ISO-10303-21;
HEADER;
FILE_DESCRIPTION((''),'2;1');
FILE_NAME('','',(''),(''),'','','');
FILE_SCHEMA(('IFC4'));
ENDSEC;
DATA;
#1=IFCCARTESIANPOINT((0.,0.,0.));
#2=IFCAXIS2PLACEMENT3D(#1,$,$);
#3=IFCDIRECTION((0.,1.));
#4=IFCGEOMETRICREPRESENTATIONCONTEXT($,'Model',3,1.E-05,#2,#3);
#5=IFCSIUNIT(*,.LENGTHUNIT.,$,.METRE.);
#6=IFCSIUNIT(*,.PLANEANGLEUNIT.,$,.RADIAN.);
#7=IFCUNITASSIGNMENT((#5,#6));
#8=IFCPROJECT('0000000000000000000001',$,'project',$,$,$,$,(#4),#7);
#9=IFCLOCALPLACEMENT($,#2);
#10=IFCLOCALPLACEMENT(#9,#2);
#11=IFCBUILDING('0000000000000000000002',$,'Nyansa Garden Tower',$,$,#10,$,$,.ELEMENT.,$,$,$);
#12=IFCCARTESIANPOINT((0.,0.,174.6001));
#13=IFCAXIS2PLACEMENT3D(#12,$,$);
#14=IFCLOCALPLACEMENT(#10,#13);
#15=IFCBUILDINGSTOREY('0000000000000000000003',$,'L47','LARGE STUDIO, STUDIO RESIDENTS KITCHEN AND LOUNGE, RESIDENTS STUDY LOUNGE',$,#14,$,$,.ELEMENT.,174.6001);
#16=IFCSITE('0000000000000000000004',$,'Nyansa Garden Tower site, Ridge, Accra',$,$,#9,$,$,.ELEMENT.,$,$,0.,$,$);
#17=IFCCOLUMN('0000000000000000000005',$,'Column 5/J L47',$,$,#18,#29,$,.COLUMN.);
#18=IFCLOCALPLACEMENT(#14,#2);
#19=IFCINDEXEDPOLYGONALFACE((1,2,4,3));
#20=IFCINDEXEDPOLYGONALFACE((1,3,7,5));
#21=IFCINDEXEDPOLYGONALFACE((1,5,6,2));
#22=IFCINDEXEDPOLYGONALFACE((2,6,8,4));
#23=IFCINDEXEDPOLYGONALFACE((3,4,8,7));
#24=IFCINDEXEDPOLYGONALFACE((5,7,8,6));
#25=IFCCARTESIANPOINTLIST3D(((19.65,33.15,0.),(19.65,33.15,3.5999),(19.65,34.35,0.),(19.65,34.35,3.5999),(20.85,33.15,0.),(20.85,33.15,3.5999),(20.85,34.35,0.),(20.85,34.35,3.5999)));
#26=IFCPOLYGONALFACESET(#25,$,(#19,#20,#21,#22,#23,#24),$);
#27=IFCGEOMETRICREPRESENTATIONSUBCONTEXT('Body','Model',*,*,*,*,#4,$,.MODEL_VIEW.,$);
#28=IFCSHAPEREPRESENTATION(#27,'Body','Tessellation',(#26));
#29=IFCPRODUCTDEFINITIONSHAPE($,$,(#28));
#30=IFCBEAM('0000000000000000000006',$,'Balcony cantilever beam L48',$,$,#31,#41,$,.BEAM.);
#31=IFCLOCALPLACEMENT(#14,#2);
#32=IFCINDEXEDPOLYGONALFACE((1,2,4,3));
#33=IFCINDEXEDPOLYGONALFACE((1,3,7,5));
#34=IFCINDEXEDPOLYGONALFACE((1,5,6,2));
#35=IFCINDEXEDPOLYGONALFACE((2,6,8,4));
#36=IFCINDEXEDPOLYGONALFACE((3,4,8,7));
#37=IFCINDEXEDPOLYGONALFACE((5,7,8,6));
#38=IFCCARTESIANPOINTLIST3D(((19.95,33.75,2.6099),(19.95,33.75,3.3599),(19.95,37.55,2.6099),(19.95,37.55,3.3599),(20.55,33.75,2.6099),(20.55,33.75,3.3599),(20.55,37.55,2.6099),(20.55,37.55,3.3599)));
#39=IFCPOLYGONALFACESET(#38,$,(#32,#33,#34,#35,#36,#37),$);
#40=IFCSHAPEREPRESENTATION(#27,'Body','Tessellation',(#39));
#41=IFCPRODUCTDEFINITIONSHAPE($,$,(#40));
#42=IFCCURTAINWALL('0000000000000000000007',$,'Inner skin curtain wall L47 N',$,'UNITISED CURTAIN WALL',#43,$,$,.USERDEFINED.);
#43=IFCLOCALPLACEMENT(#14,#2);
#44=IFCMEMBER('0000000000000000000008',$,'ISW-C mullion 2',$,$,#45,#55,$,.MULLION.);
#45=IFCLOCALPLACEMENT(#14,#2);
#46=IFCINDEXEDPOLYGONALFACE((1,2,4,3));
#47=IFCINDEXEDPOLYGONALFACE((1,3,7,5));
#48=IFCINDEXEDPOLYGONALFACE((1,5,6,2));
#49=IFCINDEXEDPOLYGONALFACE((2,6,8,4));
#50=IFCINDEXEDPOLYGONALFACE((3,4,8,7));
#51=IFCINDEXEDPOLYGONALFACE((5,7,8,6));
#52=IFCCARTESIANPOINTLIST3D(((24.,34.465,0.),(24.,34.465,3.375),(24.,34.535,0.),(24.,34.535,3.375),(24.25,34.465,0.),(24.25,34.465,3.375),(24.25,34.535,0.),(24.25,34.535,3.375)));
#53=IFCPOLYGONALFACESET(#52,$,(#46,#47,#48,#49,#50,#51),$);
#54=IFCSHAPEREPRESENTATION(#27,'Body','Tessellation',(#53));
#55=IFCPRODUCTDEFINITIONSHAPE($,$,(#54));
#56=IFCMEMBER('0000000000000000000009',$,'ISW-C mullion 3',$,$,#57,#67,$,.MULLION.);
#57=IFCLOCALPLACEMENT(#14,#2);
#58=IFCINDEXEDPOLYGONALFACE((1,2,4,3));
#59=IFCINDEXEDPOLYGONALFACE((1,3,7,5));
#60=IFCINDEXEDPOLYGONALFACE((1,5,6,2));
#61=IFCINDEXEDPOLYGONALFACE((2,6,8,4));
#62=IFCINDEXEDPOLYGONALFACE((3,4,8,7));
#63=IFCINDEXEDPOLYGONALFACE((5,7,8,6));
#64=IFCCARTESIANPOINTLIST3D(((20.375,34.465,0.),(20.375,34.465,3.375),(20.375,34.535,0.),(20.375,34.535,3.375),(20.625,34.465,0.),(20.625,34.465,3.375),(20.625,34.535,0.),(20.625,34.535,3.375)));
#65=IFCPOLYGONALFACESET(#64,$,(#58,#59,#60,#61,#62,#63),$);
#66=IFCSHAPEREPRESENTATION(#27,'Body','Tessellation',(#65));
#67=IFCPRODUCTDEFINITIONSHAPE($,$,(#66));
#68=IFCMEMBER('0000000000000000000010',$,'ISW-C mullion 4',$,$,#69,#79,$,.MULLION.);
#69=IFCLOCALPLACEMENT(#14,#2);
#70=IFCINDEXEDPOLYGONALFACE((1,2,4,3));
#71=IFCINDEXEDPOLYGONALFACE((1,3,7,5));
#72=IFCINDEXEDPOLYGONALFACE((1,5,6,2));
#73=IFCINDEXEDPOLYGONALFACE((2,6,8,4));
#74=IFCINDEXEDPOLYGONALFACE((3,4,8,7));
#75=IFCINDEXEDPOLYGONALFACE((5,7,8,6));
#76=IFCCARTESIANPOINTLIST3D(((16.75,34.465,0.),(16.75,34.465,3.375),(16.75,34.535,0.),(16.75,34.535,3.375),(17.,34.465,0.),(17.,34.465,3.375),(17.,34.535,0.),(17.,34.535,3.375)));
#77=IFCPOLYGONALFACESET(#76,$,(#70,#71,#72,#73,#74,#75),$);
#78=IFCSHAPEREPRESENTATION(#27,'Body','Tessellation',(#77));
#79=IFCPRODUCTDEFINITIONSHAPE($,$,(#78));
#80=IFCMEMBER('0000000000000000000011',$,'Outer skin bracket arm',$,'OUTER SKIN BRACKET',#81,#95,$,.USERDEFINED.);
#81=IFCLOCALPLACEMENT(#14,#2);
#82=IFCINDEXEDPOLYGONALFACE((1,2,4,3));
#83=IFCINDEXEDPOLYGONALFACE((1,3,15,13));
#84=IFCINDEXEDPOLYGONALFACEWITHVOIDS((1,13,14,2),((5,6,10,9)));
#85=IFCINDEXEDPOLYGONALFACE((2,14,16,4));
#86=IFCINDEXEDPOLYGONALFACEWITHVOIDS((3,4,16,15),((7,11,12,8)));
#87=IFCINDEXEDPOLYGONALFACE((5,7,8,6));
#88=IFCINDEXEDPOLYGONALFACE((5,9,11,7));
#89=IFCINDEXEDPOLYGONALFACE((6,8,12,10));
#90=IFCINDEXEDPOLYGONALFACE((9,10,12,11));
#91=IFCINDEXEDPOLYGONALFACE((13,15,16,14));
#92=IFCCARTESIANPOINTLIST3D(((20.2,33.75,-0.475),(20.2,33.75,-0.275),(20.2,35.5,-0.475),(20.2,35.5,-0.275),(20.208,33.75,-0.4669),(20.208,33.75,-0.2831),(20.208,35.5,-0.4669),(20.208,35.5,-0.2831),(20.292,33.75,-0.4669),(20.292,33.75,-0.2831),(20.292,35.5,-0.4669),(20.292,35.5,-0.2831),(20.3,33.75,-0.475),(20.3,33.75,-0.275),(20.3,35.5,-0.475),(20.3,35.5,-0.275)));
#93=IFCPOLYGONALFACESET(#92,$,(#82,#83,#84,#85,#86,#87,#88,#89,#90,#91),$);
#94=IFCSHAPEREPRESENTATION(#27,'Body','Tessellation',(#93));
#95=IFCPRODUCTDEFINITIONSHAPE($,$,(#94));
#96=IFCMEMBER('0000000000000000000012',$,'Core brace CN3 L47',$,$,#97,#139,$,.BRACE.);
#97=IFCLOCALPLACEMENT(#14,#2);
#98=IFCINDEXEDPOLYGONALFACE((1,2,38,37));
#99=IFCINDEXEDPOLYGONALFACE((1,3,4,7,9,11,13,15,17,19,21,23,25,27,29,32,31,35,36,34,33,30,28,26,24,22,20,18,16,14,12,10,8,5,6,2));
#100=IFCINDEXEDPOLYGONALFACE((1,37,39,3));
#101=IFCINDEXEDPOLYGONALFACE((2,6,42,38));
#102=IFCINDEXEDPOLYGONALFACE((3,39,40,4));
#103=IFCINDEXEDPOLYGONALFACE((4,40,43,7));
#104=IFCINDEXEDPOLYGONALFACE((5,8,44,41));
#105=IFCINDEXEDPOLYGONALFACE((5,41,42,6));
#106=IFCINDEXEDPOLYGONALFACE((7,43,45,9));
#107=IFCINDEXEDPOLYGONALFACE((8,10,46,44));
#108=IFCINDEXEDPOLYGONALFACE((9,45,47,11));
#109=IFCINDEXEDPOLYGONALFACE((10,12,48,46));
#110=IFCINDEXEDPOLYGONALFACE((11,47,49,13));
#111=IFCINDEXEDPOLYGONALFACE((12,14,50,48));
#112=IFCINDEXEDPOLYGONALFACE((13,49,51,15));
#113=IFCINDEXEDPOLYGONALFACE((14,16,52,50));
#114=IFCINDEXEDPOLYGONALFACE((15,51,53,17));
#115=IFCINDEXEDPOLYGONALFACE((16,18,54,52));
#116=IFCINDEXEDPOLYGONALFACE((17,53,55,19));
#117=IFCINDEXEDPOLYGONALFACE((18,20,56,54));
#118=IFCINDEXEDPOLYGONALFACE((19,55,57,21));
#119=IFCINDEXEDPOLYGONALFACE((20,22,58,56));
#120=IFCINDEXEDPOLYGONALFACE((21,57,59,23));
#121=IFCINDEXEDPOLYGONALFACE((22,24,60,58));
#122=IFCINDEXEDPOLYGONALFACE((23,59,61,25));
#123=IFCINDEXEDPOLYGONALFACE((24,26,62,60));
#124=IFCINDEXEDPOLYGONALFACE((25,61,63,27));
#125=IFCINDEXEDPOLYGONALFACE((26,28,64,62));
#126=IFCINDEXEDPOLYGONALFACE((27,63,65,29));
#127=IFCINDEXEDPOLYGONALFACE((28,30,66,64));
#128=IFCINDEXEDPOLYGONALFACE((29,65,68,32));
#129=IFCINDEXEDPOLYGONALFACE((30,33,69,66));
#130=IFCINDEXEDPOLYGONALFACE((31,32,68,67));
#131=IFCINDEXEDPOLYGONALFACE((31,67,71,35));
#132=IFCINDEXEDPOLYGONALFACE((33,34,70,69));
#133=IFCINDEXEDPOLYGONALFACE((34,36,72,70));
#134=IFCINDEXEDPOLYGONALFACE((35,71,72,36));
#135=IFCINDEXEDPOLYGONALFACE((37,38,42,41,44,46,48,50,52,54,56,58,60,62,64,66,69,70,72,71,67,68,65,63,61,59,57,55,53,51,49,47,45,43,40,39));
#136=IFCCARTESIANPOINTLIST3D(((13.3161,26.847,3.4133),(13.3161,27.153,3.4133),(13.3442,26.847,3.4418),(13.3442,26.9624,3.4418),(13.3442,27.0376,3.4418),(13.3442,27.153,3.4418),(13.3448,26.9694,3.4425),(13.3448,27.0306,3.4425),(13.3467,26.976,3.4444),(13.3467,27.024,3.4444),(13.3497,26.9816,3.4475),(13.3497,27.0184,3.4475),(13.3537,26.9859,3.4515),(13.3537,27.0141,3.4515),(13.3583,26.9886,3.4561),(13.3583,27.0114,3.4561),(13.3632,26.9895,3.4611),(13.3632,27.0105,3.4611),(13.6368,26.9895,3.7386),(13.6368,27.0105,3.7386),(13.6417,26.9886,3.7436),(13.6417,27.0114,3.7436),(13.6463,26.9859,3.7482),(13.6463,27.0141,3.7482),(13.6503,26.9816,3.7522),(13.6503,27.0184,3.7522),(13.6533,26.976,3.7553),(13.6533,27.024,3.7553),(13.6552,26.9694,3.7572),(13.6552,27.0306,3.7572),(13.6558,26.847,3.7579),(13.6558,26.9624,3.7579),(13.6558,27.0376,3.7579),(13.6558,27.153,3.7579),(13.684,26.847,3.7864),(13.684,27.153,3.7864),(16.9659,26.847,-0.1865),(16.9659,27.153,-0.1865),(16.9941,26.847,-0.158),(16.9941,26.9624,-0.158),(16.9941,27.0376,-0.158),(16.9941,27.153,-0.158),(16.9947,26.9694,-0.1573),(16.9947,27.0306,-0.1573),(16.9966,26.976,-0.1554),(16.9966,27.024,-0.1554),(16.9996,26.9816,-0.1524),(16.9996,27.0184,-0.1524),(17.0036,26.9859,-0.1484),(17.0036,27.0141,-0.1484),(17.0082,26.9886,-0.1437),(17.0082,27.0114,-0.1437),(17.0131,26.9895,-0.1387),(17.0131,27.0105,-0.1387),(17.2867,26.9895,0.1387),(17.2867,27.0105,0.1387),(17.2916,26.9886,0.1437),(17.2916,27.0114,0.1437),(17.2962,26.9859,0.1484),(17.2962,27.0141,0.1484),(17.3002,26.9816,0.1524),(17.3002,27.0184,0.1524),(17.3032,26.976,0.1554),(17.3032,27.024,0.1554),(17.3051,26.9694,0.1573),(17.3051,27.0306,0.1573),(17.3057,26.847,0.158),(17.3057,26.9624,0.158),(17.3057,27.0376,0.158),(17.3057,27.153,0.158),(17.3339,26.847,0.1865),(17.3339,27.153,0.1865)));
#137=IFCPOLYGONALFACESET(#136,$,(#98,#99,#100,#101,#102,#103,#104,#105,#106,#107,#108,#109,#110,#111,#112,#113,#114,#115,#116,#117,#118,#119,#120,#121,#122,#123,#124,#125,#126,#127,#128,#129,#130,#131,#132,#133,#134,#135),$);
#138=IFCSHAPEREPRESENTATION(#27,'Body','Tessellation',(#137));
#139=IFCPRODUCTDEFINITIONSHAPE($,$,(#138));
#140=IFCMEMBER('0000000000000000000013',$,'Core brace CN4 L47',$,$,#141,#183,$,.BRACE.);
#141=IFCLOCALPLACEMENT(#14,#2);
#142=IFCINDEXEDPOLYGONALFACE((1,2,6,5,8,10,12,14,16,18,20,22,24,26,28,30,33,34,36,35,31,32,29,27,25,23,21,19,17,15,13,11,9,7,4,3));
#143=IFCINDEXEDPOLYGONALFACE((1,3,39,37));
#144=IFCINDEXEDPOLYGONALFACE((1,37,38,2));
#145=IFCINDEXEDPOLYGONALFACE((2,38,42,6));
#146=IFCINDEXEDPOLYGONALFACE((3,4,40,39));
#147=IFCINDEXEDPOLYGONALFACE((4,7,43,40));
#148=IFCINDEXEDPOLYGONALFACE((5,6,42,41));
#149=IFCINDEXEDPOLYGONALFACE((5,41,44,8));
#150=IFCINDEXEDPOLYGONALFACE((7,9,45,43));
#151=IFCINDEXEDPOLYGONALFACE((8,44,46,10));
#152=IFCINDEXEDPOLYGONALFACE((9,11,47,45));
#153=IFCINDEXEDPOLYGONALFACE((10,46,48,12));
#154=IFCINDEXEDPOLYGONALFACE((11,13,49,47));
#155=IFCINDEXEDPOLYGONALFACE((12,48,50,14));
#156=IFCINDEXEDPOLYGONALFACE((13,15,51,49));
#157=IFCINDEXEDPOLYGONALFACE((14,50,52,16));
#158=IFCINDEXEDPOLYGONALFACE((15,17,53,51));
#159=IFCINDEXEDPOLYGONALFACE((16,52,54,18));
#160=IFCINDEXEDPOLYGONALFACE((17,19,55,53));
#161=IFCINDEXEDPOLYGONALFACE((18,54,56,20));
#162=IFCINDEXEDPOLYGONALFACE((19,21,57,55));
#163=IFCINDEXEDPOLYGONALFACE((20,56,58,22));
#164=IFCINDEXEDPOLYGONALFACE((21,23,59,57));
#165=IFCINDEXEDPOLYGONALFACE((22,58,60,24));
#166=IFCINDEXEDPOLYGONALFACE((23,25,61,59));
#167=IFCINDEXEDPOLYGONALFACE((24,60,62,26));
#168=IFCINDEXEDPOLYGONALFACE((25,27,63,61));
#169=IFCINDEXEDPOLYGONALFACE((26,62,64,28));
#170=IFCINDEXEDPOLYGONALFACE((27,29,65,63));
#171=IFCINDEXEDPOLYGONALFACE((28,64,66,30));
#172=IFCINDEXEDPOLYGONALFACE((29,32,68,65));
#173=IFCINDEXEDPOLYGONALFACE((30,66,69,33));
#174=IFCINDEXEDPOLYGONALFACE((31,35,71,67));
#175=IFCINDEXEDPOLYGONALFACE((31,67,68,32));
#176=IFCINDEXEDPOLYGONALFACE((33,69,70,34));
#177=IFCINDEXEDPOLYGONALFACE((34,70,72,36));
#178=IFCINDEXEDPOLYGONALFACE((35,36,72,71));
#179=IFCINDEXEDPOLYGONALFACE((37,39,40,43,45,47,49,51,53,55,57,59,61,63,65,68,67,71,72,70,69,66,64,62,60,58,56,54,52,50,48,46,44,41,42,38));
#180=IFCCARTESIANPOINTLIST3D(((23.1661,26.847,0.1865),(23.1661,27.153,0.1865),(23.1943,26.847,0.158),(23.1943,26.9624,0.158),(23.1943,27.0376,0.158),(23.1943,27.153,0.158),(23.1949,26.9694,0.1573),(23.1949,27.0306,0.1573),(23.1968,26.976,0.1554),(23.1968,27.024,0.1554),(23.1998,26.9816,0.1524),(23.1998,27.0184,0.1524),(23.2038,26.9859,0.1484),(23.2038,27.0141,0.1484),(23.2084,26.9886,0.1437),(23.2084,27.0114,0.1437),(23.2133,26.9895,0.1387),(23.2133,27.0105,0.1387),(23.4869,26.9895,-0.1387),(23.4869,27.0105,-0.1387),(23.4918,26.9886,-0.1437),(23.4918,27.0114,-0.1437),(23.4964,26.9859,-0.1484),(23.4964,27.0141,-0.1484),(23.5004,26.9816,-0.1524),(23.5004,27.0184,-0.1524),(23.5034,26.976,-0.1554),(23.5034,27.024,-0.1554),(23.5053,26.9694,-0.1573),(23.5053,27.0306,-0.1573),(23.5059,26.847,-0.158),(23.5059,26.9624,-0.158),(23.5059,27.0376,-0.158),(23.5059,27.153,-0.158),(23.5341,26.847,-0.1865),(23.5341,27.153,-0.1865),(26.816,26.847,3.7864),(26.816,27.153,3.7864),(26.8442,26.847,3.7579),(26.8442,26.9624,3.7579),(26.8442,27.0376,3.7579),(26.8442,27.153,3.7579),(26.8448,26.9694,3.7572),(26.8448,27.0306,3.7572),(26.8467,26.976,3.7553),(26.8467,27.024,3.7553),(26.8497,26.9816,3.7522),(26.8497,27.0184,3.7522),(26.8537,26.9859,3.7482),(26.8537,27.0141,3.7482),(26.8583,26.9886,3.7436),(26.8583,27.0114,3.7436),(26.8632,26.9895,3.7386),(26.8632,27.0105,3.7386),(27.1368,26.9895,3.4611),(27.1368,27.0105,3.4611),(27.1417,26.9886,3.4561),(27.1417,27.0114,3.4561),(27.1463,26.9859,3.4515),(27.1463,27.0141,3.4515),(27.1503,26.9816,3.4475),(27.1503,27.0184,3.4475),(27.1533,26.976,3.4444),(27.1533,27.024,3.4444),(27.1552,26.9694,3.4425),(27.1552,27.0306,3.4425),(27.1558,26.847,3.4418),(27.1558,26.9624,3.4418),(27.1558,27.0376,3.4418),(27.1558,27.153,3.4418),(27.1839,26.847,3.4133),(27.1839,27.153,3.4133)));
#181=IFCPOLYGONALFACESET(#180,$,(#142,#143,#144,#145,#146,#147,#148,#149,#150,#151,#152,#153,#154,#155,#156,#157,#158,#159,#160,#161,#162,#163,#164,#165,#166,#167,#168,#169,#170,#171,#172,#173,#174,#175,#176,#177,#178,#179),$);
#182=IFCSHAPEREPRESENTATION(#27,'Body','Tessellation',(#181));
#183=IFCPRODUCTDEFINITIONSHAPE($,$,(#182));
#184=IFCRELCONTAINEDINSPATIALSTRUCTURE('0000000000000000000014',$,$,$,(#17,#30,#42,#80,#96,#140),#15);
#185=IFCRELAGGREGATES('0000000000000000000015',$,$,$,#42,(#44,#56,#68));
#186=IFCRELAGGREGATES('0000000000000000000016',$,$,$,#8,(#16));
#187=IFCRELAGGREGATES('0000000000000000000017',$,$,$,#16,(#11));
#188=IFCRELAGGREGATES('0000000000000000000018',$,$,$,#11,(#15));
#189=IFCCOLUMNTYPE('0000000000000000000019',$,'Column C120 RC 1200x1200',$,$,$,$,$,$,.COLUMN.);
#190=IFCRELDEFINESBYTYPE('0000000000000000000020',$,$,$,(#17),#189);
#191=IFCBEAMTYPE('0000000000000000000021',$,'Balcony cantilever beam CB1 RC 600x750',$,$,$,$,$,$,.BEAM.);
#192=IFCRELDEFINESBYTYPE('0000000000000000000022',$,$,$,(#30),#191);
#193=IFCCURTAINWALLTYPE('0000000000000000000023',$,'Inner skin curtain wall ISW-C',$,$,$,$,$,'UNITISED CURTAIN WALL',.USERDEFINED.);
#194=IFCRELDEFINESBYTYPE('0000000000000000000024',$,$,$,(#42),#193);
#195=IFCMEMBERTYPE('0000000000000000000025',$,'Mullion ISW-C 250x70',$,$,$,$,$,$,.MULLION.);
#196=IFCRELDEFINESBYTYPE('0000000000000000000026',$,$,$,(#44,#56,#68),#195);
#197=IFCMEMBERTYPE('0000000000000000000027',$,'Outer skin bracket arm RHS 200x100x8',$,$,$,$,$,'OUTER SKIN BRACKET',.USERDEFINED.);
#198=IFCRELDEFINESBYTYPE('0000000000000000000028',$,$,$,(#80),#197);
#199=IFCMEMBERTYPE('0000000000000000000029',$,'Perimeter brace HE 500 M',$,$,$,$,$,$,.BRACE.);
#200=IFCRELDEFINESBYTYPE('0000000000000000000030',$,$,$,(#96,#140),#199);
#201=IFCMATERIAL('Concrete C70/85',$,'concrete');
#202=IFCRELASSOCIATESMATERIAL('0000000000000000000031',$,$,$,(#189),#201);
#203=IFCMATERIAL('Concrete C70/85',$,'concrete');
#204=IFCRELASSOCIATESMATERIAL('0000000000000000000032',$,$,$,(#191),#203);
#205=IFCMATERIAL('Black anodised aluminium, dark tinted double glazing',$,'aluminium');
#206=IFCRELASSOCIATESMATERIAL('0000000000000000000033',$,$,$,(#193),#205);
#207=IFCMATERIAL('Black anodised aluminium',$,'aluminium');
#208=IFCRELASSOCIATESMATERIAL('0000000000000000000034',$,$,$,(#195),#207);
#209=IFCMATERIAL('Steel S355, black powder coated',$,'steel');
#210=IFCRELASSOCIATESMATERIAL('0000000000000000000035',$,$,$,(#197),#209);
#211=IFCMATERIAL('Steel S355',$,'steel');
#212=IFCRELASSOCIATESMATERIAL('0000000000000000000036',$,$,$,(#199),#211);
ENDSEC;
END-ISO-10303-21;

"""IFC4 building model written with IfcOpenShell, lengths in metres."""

from ifc_helpers import new_model, si_unit, direction, frame, origin, origin_2d, place, context, subcontext, project, spatial, rectangle, hollow_rectangle, i_section, extrude, material, material_profile, profile_set, type_object, element, aggregate, save


model = new_model("IFC4")

# Units and contexts
model_context = context("Model", 3, precision=1e-05, world=origin(), true_north=direction((0.0, 1.0)))
body_context = subcontext(model_context, "Body", "Model", "MODEL_VIEW")
ifc_project = project(units=[si_unit("LENGTHUNIT", "METRE"), si_unit("PLANEANGLEUNIT", "RADIAN")], contexts=[model_context])

# Site, building, storey
site_placement = place(None, origin())
site = spatial("IfcSite", under=ifc_project, at=site_placement, Name="Nyansa Garden Tower site, Ridge, Accra", CompositionType="ELEMENT", RefElevation=0.0)
building_placement = place(site_placement, origin())
building = spatial("IfcBuilding", under=site, at=building_placement, Name="Nyansa Garden Tower", CompositionType="ELEMENT")
storey_placement = place(building_placement, frame((0.0, 0.0, 174.6001)))
storey = spatial("IfcBuildingStorey", under=building, at=storey_placement, Name="L47", Description="LARGE STUDIO, STUDIO RESIDENTS KITCHEN AND LOUNGE, RESIDENTS STUDY LOUNGE", CompositionType="ELEMENT", Elevation=174.6001)

# Column
ifc_material_1 = material(Name="Concrete C70/85", Category="concrete")
ifc_material_profile_1 = material_profile(ifc_material_1, rectangle(XDim=1.2, YDim=1.2, at=origin_2d()), Name="RC 1200x1200")
ifc_profile_set_1 = profile_set([ifc_material_profile_1], Name="Concrete C70/85")
column_type = type_object("IfcColumnType", Name="Column C120 RC 1200x1200", PredefinedType="COLUMN", material=ifc_profile_set_1)
column_placement = place(storey_placement, frame((20.25, 33.75, 0.0), z_axis=(0.0, 0.0, 1.0), x_axis=(1.0, 0.0, 0.0)))
element("IfcColumn", 1, at=column_placement, inside=storey, type_object=column_type, Name="Column 5/J L47", PredefinedType="COLUMN", context=body_context, shape_type="SweptSolid", body=[
    extrude(rectangle(XDim=1.2, YDim=1.2, at=origin_2d()), origin(), (0.0, 0.0, 1.0), 3.5999),
])

# Beam
ifc_material_2 = material(Name="Concrete C70/85", Category="concrete")
ifc_material_profile_2 = material_profile(ifc_material_2, rectangle(XDim=0.6001, YDim=0.75, at=origin_2d()), Name="RC 600x750")
ifc_profile_set_2 = profile_set([ifc_material_profile_2], Name="Concrete C70/85")
beam_type_1 = type_object("IfcBeamType", Name="Balcony cantilever beam CB1 RC 600x750", PredefinedType="BEAM", material=ifc_profile_set_2)
beam_1_placement = place(storey_placement, frame((20.25, 33.75, 2.9849), z_axis=(0.0, 1.0, 0.0), x_axis=(-1.0, 0.0, 0.0)))
element("IfcBeam", 2, at=beam_1_placement, inside=storey, type_object=beam_type_1, Name="Balcony cantilever beam L48", PredefinedType="BEAM", context=body_context, shape_type="SweptSolid", body=[
    extrude(rectangle(XDim=0.6001, YDim=0.75, at=origin_2d()), origin(), (0.0, 0.0, 1.0), 3.8),
])

# Curtain wall, members
ifc_material_3 = material(Name="Black anodised aluminium, dark tinted double glazing", Category="aluminium")
curtain_wall_type = type_object("IfcCurtainWallType", Name="Inner skin curtain wall ISW-C", ElementType="UNITISED CURTAIN WALL", PredefinedType="USERDEFINED", material=ifc_material_3)
curtain_wall_placement = place(storey_placement, origin())
curtain_wall = element("IfcCurtainWall", 3, at=curtain_wall_placement, inside=storey, type_object=curtain_wall_type, Name="Inner skin curtain wall L47 N", ObjectType="UNITISED CURTAIN WALL", PredefinedType="USERDEFINED")
ifc_material_4 = material(Name="Black anodised aluminium", Category="aluminium")
ifc_material_profile_3 = material_profile(ifc_material_4, rectangle(XDim=0.0701, YDim=0.25, at=origin_2d()), Name="Mullion 250x70")
ifc_profile_set_3 = profile_set([ifc_material_profile_3], Name="Black anodised aluminium")
member_type_1 = type_object("IfcMemberType", Name="Mullion ISW-C 250x70", PredefinedType="MULLION", material=ifc_profile_set_3)
member_1_placement = place(storey_placement, frame((24.125, 34.5, 0.0), z_axis=(0.0, 0.0, 1.0), x_axis=(0.0, -1.0, 0.0)))
member_1 = element("IfcMember", 4, at=member_1_placement, type_object=member_type_1, Name="ISW-C mullion 2", PredefinedType="MULLION", context=body_context, shape_type="SweptSolid", body=[
    extrude(rectangle(XDim=0.0701, YDim=0.25, at=origin_2d()), origin(), (0.0, 0.0, 1.0), 3.375),
])
member_2_placement = place(storey_placement, frame((20.5, 34.5, 0.0), z_axis=(0.0, 0.0, 1.0), x_axis=(0.0, -1.0, 0.0)))
member_2 = element("IfcMember", 5, at=member_2_placement, type_object=member_type_1, Name="ISW-C mullion 3", PredefinedType="MULLION", context=body_context, shape_type="SweptSolid", body=[
    extrude(rectangle(XDim=0.0701, YDim=0.25, at=origin_2d()), origin(), (0.0, 0.0, 1.0), 3.375),
])
member_3_placement = place(storey_placement, frame((16.875, 34.5, 0.0), z_axis=(0.0, 0.0, 1.0), x_axis=(0.0, -1.0, 0.0)))
member_3 = element("IfcMember", 6, at=member_3_placement, type_object=member_type_1, Name="ISW-C mullion 4", PredefinedType="MULLION", context=body_context, shape_type="SweptSolid", body=[
    extrude(rectangle(XDim=0.0701, YDim=0.25, at=origin_2d()), origin(), (0.0, 0.0, 1.0), 3.375),
])

# Members
ifc_material_5 = material(Name="Steel S355, black powder coated", Category="steel")
ifc_material_profile_4 = material_profile(ifc_material_5, hollow_rectangle(XDim=0.1001, YDim=0.2, WallThickness=0.0081, at=origin_2d()), Name="RHS 200x100x8")
ifc_profile_set_4 = profile_set([ifc_material_profile_4], Name="Steel S355, black powder coated")
member_type_2 = type_object("IfcMemberType", Name="Outer skin bracket arm RHS 200x100x8", ElementType="OUTER SKIN BRACKET", PredefinedType="USERDEFINED", material=ifc_profile_set_4)
member_4_placement = place(storey_placement, frame((20.25, 33.75, -0.375), z_axis=(0.0, 1.0, 0.0), x_axis=(-1.0, 0.0, 0.0)))
element("IfcMember", 7, at=member_4_placement, inside=storey, type_object=member_type_2, Name="Outer skin bracket arm", ObjectType="OUTER SKIN BRACKET", PredefinedType="USERDEFINED", context=body_context, shape_type="SweptSolid", body=[
    extrude(hollow_rectangle(XDim=0.1001, YDim=0.2, WallThickness=0.0081, at=origin_2d()), origin(), (0.0, 0.0, 1.0), 1.75),
])
ifc_material_6 = material(Name="Steel S355", Category="steel")
ifc_material_profile_5 = material_profile(ifc_material_6, i_section(OverallWidth=0.3059, OverallDepth=0.5239, WebThickness=0.021, FlangeThickness=0.04, FilletRadius=0.0271, at=origin_2d()), Name="HE 500 M")
ifc_profile_set_5 = profile_set([ifc_material_profile_5], Name="Steel S355")
member_type_3 = type_object("IfcMemberType", Name="Perimeter brace HE 500 M", PredefinedType="BRACE", material=ifc_profile_set_5)
for number, where, z_axis, x_axis, name in (
    (8, (17.1499, 27.0, 0.0), (-0.711971, 0.0, 0.702209), (0.0, -1.0, 0.0), "Core brace CN3 L47"),
    (9, (23.3501, 27.0, 0.0), (0.711971, 0.0, 0.702209), (0.0, 1.0, 0.0), "Core brace CN4 L47"),
):
    element("IfcMember", number, at=place(storey_placement, frame(where, z_axis=z_axis, x_axis=x_axis)), inside=storey, type_object=member_type_3, Name=name, PredefinedType="BRACE", context=body_context, shape_type="SweptSolid", body=[
        extrude(i_section(OverallWidth=0.3059, OverallDepth=0.5239, WebThickness=0.021, FlangeThickness=0.04, FilletRadius=0.0271, at=origin_2d()), origin(), (0.0, 0.0, 1.0), 5.1265),
    ])

aggregate(curtain_wall, [member_1, member_2, member_3])

save(model, "model.ifc")
